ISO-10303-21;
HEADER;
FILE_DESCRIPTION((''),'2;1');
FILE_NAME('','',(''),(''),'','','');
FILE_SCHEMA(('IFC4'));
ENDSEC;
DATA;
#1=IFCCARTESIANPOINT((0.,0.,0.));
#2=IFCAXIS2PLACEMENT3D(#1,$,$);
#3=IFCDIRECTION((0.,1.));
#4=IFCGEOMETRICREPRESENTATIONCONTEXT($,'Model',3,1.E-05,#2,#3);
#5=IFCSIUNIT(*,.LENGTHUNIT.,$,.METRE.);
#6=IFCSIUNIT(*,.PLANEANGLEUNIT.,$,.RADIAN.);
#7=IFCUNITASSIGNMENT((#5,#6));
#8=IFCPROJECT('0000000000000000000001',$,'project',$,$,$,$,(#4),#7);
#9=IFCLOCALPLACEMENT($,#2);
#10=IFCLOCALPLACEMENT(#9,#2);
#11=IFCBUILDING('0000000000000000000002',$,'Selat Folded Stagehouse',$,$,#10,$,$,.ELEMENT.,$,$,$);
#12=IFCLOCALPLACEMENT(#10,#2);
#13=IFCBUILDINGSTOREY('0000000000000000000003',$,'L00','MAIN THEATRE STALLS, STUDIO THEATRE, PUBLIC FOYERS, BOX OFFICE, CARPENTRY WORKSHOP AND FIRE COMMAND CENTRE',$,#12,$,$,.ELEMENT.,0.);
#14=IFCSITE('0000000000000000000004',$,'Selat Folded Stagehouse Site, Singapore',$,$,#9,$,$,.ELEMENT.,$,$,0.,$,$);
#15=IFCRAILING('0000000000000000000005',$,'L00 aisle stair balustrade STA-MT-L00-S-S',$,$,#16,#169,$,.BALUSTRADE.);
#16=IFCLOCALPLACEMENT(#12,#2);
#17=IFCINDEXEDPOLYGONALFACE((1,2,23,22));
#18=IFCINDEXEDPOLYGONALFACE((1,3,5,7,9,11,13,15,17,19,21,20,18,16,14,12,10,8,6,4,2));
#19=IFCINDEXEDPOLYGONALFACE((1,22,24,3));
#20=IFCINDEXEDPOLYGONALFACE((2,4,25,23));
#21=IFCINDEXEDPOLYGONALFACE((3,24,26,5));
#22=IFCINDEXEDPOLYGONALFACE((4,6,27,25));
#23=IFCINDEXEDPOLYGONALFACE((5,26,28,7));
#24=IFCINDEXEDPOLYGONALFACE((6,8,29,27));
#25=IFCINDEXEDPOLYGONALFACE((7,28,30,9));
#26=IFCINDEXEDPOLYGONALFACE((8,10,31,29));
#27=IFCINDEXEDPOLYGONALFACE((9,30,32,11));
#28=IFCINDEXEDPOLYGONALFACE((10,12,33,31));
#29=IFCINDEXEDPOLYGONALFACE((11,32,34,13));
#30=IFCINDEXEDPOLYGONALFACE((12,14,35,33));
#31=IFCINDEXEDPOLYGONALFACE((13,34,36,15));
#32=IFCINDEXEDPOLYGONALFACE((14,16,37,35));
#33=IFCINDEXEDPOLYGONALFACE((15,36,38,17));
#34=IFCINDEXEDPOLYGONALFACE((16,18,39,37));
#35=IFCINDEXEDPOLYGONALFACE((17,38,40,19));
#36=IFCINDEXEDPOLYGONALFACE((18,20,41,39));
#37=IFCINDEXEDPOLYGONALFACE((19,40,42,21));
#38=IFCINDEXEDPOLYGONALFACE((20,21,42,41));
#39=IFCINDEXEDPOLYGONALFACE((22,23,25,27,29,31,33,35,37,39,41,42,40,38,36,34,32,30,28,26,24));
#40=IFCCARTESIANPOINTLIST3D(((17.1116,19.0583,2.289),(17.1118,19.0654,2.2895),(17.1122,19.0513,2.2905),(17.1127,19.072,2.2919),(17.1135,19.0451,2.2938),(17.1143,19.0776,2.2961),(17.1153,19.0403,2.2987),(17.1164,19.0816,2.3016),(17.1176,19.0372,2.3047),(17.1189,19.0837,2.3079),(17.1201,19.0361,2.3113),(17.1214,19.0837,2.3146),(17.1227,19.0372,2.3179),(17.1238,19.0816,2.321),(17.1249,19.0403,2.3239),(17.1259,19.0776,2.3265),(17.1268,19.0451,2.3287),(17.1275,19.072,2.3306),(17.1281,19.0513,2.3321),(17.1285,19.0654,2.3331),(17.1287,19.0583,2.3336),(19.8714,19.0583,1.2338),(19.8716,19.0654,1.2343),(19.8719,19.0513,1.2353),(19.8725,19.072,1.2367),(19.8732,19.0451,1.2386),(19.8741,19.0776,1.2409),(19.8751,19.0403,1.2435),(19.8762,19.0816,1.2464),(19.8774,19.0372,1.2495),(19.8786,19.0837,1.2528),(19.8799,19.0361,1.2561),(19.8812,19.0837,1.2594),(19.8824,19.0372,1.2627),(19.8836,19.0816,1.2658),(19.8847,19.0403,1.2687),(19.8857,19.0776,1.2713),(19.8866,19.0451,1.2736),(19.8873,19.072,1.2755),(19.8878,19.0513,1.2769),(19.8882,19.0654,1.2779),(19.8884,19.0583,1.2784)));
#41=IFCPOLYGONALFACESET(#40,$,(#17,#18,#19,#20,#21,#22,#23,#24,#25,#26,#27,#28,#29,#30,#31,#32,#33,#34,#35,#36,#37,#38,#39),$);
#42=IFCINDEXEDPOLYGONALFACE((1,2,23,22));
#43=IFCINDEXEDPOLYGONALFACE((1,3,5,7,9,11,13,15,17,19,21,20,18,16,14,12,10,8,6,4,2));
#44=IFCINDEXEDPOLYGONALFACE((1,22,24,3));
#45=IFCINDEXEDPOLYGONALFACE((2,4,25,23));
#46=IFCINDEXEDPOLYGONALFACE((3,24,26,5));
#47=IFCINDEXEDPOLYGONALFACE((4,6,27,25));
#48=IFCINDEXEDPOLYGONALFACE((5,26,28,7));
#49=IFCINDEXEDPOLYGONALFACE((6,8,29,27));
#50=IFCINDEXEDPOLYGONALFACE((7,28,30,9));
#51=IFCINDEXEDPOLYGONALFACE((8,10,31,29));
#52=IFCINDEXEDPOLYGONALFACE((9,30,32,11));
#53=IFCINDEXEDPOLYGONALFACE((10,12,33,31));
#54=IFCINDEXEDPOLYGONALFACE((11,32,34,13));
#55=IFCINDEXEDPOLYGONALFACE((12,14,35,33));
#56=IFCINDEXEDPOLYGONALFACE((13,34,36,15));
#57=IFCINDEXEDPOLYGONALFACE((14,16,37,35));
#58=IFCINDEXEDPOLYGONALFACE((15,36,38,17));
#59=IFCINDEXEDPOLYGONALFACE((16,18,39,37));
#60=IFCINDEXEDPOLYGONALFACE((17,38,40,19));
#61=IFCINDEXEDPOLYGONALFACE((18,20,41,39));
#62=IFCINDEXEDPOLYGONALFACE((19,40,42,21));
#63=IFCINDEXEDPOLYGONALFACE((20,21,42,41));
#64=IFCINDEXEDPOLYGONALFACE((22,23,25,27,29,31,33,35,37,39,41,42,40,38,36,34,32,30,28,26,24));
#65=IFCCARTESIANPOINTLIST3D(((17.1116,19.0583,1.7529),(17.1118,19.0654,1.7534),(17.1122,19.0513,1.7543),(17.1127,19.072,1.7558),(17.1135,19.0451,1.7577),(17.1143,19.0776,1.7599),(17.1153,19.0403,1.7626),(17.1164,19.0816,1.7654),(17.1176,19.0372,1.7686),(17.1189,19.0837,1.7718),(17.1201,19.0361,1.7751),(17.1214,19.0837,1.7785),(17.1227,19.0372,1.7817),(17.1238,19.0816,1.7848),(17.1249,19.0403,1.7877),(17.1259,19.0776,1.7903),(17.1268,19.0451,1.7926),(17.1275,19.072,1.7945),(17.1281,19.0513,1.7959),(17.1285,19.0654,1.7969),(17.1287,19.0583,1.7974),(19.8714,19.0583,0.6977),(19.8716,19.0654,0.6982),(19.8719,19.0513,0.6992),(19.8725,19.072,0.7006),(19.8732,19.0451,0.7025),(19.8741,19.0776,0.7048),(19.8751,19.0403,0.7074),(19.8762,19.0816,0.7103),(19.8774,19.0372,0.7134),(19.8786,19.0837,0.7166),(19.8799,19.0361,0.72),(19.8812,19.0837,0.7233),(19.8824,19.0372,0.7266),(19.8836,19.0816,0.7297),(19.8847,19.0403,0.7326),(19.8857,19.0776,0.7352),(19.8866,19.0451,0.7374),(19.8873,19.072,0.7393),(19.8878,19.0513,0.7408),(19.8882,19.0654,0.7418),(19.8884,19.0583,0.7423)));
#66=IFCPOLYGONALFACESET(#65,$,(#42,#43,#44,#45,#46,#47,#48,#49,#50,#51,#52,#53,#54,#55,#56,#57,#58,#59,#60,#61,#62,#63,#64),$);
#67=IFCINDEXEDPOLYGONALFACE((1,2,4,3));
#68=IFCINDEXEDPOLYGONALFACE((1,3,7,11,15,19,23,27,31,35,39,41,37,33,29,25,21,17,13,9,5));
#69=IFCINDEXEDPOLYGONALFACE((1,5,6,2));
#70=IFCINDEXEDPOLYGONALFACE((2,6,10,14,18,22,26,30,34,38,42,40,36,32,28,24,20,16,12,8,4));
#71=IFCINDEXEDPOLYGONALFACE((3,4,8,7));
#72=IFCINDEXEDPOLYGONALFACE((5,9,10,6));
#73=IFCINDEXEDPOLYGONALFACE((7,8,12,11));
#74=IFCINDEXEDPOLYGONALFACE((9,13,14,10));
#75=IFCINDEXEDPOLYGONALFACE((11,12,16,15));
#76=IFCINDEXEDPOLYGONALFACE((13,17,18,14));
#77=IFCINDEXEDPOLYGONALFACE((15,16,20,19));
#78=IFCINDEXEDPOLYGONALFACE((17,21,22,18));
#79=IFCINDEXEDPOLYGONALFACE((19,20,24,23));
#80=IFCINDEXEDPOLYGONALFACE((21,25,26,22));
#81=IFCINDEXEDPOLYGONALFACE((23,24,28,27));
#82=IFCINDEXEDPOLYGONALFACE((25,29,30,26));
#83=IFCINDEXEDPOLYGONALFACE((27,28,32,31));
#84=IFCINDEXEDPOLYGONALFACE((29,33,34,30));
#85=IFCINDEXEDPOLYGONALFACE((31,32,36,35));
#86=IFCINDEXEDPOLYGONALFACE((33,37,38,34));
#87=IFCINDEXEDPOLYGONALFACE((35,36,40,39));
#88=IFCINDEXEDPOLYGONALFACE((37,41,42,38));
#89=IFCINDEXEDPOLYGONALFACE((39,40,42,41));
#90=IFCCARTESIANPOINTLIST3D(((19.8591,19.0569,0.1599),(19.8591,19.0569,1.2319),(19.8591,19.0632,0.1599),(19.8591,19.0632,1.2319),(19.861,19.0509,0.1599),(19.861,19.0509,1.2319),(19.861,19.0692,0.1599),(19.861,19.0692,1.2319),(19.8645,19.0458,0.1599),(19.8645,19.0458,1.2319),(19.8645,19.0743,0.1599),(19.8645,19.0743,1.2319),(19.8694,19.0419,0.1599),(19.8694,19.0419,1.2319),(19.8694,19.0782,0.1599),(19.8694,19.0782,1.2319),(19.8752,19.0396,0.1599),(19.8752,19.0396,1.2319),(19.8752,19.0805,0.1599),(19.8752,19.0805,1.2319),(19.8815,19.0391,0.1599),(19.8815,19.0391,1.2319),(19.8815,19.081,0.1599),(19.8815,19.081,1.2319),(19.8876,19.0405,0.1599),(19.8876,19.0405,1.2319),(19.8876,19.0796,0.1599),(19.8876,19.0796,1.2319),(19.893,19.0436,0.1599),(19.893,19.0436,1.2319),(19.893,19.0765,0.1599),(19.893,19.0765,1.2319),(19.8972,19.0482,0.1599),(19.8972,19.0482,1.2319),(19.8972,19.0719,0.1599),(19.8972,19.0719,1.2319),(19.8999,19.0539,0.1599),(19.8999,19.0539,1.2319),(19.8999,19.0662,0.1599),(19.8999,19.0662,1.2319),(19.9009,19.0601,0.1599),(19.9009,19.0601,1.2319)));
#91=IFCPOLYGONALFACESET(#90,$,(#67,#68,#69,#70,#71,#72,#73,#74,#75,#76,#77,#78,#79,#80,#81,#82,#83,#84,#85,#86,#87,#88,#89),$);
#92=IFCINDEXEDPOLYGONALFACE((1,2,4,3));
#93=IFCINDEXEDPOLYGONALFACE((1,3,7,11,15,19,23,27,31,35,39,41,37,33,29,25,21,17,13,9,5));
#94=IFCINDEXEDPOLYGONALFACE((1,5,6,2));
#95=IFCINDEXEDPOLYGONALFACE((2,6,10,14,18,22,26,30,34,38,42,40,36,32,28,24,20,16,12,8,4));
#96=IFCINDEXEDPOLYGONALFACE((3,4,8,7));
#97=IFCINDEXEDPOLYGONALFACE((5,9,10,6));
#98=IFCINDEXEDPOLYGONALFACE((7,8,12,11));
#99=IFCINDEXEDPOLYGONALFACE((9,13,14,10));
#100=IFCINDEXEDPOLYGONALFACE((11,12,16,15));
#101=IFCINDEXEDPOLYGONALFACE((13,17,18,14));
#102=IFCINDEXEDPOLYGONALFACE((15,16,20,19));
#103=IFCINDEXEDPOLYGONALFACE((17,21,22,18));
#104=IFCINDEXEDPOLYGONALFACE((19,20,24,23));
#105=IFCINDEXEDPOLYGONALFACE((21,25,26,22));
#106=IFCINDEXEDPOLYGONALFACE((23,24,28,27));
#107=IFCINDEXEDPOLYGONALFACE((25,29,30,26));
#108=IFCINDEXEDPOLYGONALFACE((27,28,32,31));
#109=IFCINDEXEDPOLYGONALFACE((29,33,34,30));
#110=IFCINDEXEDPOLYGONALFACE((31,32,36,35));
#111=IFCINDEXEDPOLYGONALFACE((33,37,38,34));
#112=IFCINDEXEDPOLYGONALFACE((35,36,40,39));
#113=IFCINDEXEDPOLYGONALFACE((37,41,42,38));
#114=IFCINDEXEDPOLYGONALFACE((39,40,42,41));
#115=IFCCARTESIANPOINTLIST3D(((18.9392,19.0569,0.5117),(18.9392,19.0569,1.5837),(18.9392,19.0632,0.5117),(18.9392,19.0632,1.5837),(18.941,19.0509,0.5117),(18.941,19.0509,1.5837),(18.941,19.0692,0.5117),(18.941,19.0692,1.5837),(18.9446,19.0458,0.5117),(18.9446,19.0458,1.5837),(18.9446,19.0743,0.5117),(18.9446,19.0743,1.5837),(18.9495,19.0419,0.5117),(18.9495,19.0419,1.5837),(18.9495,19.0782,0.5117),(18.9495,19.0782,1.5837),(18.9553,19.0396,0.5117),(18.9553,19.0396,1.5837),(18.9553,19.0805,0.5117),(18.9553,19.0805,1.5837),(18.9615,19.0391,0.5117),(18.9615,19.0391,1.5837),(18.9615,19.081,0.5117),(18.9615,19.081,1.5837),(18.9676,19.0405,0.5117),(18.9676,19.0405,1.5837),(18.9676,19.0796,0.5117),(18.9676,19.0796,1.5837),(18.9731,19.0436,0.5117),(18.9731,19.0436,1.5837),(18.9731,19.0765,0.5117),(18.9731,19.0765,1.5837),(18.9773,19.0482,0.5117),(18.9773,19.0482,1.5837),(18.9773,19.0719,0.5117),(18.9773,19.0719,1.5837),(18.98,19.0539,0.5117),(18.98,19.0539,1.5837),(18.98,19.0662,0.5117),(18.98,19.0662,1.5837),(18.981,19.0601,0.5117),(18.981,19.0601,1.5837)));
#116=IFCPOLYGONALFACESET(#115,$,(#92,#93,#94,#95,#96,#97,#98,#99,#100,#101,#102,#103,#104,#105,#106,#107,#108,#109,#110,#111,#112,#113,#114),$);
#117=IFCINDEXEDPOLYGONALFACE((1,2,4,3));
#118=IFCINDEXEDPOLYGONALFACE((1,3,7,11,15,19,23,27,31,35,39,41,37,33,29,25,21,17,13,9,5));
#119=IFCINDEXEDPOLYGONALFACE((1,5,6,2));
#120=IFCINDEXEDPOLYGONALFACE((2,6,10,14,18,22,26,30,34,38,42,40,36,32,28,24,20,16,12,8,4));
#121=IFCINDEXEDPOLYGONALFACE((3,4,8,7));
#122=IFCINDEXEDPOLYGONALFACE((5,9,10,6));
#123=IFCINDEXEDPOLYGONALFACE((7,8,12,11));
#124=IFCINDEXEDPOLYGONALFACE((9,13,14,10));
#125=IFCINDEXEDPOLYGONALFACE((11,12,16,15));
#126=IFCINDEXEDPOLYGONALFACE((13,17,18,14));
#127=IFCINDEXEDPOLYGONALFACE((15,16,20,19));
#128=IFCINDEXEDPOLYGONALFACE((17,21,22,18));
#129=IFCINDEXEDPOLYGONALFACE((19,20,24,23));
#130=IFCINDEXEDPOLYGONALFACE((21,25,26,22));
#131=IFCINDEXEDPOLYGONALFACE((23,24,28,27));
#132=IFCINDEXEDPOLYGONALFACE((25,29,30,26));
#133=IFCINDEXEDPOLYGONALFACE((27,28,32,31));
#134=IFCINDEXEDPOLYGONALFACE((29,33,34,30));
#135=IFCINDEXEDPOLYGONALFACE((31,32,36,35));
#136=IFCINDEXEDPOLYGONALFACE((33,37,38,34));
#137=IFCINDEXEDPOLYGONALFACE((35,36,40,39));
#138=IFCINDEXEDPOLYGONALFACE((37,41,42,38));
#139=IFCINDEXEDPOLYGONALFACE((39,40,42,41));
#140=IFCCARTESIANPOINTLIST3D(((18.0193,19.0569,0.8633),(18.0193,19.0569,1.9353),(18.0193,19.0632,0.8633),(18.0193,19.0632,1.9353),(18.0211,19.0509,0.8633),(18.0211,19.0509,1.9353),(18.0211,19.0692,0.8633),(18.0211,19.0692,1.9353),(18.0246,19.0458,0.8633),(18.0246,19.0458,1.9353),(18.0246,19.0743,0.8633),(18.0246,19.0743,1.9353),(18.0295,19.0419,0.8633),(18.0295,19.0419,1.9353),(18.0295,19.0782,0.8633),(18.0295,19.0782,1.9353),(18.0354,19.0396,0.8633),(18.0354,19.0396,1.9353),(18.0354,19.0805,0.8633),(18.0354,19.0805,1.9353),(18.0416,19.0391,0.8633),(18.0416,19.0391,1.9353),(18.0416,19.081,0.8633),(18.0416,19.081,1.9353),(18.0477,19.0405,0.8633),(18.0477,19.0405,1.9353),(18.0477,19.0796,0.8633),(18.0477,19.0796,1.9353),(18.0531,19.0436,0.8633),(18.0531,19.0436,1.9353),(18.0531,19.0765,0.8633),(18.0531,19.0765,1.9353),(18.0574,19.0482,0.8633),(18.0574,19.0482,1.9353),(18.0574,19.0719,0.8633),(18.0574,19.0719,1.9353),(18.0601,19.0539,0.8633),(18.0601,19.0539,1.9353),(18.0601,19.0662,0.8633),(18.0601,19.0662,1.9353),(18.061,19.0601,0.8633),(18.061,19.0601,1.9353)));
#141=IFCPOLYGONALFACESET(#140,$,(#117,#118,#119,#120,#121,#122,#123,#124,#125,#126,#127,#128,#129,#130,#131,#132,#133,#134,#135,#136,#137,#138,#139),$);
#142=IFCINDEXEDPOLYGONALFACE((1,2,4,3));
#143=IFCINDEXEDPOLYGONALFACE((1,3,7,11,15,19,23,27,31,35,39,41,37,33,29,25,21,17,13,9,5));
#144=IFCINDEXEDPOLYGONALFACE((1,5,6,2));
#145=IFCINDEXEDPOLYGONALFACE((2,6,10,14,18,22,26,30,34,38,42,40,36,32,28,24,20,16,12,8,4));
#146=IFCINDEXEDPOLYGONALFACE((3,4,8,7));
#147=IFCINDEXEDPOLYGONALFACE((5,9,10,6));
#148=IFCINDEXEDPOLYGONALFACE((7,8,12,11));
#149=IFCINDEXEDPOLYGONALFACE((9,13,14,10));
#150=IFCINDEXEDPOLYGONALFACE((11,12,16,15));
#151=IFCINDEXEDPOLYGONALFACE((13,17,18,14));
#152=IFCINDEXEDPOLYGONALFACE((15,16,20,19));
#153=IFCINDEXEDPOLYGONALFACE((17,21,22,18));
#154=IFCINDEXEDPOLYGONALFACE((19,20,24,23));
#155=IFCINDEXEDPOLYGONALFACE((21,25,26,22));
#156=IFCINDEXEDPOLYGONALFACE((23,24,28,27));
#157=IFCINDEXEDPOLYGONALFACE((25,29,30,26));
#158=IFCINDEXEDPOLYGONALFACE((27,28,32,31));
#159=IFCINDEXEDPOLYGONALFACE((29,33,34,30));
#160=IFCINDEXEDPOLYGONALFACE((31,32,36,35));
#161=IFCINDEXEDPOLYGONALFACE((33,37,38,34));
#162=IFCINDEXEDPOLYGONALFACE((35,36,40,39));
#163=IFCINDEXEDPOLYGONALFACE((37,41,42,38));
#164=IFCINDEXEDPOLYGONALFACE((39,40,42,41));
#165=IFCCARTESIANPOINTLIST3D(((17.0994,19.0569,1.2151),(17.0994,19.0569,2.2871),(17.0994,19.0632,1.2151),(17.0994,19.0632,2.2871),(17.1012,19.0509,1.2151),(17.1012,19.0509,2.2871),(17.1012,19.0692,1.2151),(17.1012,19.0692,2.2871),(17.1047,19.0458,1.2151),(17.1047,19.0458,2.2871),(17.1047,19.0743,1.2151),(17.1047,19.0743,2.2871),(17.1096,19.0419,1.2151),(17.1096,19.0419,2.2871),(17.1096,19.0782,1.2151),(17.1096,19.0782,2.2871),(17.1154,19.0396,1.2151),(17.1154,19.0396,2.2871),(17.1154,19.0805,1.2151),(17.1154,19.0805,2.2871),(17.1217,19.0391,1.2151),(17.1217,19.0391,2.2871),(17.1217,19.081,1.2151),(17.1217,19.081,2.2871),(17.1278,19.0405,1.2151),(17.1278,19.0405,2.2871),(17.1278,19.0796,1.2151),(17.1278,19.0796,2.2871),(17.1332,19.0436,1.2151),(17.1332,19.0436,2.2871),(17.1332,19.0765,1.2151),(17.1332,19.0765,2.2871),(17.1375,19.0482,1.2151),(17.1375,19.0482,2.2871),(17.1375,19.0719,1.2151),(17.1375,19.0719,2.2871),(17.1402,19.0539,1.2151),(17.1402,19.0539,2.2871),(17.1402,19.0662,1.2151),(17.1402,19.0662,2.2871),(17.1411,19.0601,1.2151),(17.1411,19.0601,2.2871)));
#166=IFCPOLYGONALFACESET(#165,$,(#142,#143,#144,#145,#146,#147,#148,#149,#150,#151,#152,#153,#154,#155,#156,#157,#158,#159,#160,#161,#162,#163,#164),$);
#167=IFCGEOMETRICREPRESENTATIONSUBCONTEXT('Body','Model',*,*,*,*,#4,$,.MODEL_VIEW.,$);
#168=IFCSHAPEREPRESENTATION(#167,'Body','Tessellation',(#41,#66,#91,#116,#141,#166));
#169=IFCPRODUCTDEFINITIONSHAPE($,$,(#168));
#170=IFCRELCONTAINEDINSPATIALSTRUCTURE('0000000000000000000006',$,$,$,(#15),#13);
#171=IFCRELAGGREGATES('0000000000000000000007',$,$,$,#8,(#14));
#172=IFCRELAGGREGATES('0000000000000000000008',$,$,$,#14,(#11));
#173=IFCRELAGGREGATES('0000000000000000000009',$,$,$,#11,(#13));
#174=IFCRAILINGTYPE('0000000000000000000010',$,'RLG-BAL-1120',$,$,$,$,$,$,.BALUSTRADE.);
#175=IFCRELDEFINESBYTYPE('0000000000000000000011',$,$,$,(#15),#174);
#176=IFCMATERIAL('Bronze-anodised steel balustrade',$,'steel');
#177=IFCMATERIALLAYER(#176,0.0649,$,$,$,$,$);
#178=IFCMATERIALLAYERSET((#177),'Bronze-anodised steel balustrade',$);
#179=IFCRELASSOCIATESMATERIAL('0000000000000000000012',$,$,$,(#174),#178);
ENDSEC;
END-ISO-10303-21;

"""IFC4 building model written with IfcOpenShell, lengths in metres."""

from ifc_helpers import new_model, si_unit, direction, frame, origin, origin_2d, place, context, subcontext, project, spatial, circle, extrude, material, layer, layer_set, type_object, element, save


model = new_model("IFC4")

# Units and contexts
model_context = context("Model", 3, precision=1e-05, world=origin(), true_north=direction((0.0, 1.0)))
body_context = subcontext(model_context, "Body", "Model", "MODEL_VIEW")
ifc_project = project(units=[si_unit("LENGTHUNIT", "METRE"), si_unit("PLANEANGLEUNIT", "RADIAN")], contexts=[model_context])

# Site, building, storey
site_placement = place(None, origin())
site = spatial("IfcSite", under=ifc_project, at=site_placement, Name="Selat Folded Stagehouse Site, Singapore", CompositionType="ELEMENT", RefElevation=0.0)
building_placement = place(site_placement, origin())
building = spatial("IfcBuilding", under=site, at=building_placement, Name="Selat Folded Stagehouse", CompositionType="ELEMENT")
storey_placement = place(building_placement, origin())
storey = spatial("IfcBuildingStorey", under=building, at=storey_placement, Name="L00", Description="MAIN THEATRE STALLS, STUDIO THEATRE, PUBLIC FOYERS, BOX OFFICE, CARPENTRY WORKSHOP AND FIRE COMMAND CENTRE", CompositionType="ELEMENT", Elevation=0.0)

# Railing
ifc_material_1 = material(Name="Bronze-anodised steel balustrade", Category="steel")
ifc_layer_1 = layer(ifc_material_1, 0.0649)
ifc_layer_set_1 = layer_set([ifc_layer_1], Name="Bronze-anodised steel balustrade")
railing_type_1 = type_object("IfcRailingType", Name="RLG-BAL-1120", PredefinedType="BALUSTRADE", material=ifc_layer_set_1)
for number, where, name in (
    (1, (19.8799, 19.0601, 0.1599), "L00 aisle stair balustrade STA-MT-L00-S-S"),
):
    element("IfcRailing", number, at=place(storey_placement, frame(where)), inside=storey, type_object=railing_type_1, Name=name, PredefinedType="BALUSTRADE", context=body_context, shape_type="SweptSolid", body=[
        extrude(circle(Radius=0.0239, at=origin_2d()), frame((0.0, 0.0, 1.0962), z_axis=(-0.934055, 0.0, 0.357129), x_axis=(0.0, -1.0, 0.0)), (0.0, 0.0, 1.0), 2.9546),
        extrude(circle(Radius=0.0239, at=origin_2d()), frame((0.0, 0.0, 0.5601), z_axis=(-0.934055, 0.0, 0.357129), x_axis=(0.0, -1.0, 0.0)), (0.0, 0.0, 1.0), 2.9546),
        extrude(circle(Radius=0.021, at=origin_2d()), origin(), (0.0, 0.0, 1.0), 1.072),
        extrude(circle(Radius=0.021, at=origin_2d()), frame((-0.9199, 0.0, 0.3518)), (0.0, 0.0, 1.0), 1.072),
        extrude(circle(Radius=0.021, at=origin_2d()), frame((-1.8398, 0.0, 0.7034)), (0.0, 0.0, 1.0), 1.072),
        extrude(circle(Radius=0.021, at=origin_2d()), frame((-2.7598, 0.0, 1.0552)), (0.0, 0.0, 1.0), 1.072),
    ])

save(model, "model.ifc")
